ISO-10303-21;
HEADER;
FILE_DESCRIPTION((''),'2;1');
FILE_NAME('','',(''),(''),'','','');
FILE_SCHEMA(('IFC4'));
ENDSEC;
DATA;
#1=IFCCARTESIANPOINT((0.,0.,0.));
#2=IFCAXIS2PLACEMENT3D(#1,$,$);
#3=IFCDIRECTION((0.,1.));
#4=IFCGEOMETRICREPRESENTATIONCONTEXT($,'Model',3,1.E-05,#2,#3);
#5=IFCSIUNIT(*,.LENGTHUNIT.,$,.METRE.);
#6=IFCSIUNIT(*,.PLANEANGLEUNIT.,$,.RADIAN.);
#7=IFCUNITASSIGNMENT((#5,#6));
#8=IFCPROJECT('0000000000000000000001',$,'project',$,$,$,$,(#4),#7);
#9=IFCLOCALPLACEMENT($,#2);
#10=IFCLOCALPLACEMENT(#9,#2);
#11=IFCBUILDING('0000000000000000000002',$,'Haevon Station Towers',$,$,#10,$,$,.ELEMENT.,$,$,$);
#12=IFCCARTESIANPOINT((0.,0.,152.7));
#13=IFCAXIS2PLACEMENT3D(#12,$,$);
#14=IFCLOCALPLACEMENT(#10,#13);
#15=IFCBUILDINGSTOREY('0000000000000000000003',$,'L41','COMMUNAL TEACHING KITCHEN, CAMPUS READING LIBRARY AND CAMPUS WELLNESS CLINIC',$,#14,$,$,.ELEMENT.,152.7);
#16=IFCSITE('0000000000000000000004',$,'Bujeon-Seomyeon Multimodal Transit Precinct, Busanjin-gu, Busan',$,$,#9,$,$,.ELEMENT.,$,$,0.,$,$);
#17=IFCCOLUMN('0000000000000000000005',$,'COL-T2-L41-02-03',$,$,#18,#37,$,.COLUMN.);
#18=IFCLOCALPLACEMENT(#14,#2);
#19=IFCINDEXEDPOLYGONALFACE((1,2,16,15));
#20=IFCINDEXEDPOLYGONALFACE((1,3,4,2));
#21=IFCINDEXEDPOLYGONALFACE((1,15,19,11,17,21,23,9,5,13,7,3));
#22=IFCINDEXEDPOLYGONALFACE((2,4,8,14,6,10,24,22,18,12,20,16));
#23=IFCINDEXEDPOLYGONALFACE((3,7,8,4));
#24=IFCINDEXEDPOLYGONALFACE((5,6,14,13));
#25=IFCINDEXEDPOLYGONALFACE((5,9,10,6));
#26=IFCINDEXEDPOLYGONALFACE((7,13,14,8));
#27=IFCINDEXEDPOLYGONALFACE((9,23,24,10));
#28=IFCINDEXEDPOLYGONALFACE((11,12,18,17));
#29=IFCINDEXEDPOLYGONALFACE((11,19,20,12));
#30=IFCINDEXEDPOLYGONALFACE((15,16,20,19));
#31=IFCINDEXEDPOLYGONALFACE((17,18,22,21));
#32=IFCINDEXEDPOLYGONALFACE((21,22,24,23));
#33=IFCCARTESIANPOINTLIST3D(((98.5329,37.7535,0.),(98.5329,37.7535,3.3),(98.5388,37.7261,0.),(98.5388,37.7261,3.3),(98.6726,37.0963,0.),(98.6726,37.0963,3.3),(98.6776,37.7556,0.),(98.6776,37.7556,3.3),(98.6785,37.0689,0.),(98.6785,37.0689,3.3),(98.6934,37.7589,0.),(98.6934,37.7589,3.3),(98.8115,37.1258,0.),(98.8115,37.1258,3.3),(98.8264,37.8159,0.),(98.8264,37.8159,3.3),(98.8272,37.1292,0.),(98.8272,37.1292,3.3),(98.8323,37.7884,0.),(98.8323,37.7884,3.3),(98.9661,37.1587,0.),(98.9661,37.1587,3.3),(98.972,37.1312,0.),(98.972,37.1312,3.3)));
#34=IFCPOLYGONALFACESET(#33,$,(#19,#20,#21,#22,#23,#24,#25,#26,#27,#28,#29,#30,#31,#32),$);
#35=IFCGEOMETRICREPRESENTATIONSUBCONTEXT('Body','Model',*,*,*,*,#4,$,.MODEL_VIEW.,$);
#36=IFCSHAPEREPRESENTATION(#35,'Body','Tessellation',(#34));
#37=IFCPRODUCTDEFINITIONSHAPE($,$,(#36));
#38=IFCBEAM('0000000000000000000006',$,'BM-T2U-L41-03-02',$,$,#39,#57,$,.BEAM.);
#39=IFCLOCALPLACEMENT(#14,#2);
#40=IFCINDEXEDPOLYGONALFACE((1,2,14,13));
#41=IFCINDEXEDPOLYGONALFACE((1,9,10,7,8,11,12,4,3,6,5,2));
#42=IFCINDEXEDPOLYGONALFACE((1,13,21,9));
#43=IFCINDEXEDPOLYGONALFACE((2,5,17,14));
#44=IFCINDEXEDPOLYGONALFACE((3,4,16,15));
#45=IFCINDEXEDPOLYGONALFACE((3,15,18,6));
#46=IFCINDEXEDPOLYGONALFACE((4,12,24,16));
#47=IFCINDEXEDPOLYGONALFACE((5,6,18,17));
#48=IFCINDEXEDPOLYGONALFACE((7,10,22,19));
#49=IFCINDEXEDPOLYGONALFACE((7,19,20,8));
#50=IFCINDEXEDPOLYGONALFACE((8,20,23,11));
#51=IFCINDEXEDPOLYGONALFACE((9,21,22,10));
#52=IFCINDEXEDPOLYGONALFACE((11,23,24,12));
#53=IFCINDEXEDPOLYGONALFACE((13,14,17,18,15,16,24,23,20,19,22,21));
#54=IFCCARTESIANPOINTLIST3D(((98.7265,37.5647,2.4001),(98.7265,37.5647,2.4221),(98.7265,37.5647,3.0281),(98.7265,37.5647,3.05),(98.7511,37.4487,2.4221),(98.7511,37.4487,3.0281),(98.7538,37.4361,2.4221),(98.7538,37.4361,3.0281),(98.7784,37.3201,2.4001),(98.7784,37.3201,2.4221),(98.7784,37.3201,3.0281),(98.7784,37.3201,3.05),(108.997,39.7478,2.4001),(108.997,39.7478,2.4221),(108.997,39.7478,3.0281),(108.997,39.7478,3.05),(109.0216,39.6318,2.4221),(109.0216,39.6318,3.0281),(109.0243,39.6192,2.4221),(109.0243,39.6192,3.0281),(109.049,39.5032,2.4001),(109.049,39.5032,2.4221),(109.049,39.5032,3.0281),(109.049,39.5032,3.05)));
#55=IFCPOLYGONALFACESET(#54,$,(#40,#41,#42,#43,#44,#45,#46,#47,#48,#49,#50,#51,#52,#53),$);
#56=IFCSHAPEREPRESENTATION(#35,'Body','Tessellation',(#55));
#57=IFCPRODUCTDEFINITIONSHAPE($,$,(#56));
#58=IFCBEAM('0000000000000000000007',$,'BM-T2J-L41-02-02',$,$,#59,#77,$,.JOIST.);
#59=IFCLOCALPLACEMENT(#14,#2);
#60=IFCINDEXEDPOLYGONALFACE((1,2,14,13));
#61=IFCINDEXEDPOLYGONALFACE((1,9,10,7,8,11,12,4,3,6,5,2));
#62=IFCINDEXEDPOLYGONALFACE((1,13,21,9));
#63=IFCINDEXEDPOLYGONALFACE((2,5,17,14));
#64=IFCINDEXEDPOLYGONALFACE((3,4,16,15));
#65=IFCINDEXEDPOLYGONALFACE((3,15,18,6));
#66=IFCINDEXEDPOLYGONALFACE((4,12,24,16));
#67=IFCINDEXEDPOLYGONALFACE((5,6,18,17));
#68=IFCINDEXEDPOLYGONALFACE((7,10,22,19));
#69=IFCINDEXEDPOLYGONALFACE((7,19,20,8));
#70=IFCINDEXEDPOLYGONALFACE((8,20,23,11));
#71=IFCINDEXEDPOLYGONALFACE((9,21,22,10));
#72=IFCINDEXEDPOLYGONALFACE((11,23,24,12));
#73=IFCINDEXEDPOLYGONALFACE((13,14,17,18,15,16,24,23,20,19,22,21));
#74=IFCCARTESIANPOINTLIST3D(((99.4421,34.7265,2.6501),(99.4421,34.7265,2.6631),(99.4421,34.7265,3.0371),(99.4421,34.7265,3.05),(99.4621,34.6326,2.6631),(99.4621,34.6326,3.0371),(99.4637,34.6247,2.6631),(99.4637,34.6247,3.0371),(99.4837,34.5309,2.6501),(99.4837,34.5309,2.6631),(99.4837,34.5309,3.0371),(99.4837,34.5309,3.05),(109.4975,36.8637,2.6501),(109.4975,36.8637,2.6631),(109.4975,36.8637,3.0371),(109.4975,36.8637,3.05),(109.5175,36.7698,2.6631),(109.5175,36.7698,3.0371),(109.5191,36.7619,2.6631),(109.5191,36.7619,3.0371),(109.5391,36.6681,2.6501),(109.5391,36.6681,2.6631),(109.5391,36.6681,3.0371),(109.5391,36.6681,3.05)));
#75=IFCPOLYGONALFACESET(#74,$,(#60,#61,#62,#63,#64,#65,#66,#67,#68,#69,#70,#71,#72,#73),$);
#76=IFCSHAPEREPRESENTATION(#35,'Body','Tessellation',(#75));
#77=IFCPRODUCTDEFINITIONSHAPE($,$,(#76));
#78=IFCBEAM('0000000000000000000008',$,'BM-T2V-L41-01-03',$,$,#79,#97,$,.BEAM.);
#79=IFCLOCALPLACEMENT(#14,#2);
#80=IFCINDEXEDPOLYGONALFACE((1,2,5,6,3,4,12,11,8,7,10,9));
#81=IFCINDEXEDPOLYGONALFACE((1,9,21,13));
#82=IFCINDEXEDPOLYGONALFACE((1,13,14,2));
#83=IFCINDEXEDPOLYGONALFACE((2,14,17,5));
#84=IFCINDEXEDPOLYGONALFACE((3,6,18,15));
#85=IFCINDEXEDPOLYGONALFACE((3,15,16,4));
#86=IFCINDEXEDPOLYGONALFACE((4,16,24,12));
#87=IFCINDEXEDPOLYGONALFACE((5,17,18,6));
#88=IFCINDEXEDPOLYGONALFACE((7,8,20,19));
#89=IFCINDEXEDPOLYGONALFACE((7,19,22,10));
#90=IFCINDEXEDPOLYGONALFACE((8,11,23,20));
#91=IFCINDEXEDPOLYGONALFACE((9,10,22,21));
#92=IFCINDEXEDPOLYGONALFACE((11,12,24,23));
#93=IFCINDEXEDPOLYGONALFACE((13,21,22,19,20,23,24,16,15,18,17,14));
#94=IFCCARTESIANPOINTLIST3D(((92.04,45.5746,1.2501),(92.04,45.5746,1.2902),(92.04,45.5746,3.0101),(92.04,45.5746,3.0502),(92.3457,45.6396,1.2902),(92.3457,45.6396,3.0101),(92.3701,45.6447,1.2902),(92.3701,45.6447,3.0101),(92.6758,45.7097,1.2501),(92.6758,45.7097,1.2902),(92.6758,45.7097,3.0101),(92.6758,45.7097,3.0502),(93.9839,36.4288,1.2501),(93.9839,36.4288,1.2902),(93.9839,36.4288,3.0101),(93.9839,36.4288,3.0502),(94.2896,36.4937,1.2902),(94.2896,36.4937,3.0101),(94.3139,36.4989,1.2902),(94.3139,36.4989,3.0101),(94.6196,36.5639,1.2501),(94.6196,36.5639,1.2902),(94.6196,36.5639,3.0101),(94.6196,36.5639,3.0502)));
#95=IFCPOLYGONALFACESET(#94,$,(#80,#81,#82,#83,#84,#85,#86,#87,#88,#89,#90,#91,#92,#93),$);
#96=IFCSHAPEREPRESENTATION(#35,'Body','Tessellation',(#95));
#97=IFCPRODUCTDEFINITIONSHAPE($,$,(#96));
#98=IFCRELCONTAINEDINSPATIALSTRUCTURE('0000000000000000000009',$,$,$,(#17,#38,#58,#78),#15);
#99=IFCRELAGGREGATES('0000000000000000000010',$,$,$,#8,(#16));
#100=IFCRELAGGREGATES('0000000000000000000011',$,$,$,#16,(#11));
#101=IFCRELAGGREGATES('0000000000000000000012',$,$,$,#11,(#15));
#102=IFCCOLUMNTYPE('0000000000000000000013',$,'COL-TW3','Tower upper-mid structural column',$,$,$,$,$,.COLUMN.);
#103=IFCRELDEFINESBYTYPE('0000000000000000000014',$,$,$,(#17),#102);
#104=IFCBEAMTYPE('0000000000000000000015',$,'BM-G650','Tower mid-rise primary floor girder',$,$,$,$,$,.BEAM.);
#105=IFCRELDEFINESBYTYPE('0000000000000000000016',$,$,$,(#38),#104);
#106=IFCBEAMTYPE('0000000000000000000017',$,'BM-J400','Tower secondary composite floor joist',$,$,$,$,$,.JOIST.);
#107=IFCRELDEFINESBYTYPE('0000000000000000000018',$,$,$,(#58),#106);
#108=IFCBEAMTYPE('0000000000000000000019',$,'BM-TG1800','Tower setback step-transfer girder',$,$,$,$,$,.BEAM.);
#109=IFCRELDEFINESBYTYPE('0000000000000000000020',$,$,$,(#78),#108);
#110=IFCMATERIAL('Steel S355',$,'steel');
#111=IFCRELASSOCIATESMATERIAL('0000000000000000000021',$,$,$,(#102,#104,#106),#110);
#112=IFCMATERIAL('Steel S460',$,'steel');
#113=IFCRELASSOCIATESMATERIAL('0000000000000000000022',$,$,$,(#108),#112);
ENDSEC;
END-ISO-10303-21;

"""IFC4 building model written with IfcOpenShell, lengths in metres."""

from ifc_helpers import new_model, si_unit, direction, frame, origin, origin_2d, place, context, subcontext, project, spatial, i_section, extrude, material, material_profile, profile_set, type_object, element, save


model = new_model("IFC4")

# Units and contexts
model_context = context("Model", 3, precision=1e-05, world=origin(), true_north=direction((0.0, 1.0)))
body_context = subcontext(model_context, "Body", "Model", "MODEL_VIEW")
ifc_project = project(units=[si_unit("LENGTHUNIT", "METRE"), si_unit("PLANEANGLEUNIT", "RADIAN")], contexts=[model_context])

# Site, building, storey
site_placement = place(None, origin())
site = spatial("IfcSite", under=ifc_project, at=site_placement, Name="Bujeon-Seomyeon Multimodal Transit Precinct, Busanjin-gu, Busan", CompositionType="ELEMENT", RefElevation=0.0)
building_placement = place(site_placement, origin())
building = spatial("IfcBuilding", under=site, at=building_placement, Name="Haevon Station Towers", CompositionType="ELEMENT")
storey_placement = place(building_placement, frame((0.0, 0.0, 152.7)))
storey = spatial("IfcBuildingStorey", under=building, at=storey_placement, Name="L41", Description="COMMUNAL TEACHING KITCHEN, CAMPUS READING LIBRARY AND CAMPUS WELLNESS CLINIC", CompositionType="ELEMENT", Elevation=152.7)

# Column
ifc_material_1 = material(Name="Steel S355", Category="steel")
ifc_material_profile_1 = material_profile(ifc_material_1, i_section(OverallWidth=0.3, OverallDepth=0.7, WebThickness=0.0161, FlangeThickness=0.0281, at=origin_2d()), Name="H-700x300x16x28")
ifc_profile_set_1 = profile_set([ifc_material_profile_1], Name="Steel S355")
column_type = type_object("IfcColumnType", Name="COL-TW3", Description="Tower upper-mid structural column", PredefinedType="COLUMN", material=ifc_profile_set_1)
column_placement = place(storey_placement, frame((98.7524, 37.4424, 0.0), z_axis=(0.0, 0.0, 1.0), x_axis=(0.978148, 0.207912, 0.0)))
element("IfcColumn", 1, at=column_placement, inside=storey, type_object=column_type, Name="COL-T2-L41-02-03", PredefinedType="COLUMN", context=body_context, shape_type="SweptSolid", body=[
    extrude(i_section(OverallWidth=0.3, OverallDepth=0.7, WebThickness=0.0161, FlangeThickness=0.0281, at=origin_2d()), origin(), (0.0, 0.0, 1.0), 3.3),
])

# Beams
ifc_material_profile_2 = material_profile(ifc_material_1, i_section(OverallWidth=0.25, OverallDepth=0.6499, WebThickness=0.0129, FlangeThickness=0.022, at=origin_2d()), Name="H-650x250x13x22")
ifc_profile_set_2 = profile_set([ifc_material_profile_2], Name="Steel S355")
beam_type_1 = type_object("IfcBeamType", Name="BM-G650", Description="Tower mid-rise primary floor girder", PredefinedType="BEAM", material=ifc_profile_set_2)
beam_1_placement = place(storey_placement, frame((98.7524, 37.4424, 2.7251), z_axis=(0.978147, 0.207915, 0.0), x_axis=(-0.207915, 0.978147, 0.0)))
element("IfcBeam", 2, at=beam_1_placement, inside=storey, type_object=beam_type_1, Name="BM-T2U-L41-03-02", PredefinedType="BEAM", context=body_context, shape_type="SweptSolid", body=[
    extrude(i_section(OverallWidth=0.25, OverallDepth=0.6499, WebThickness=0.0129, FlangeThickness=0.022, at=origin_2d()), origin(), (0.0, 0.0, 1.0), 10.5),
])
ifc_material_profile_3 = material_profile(ifc_material_1, i_section(OverallWidth=0.2, OverallDepth=0.3999, WebThickness=0.0081, FlangeThickness=0.0129, at=origin_2d()), Name="H-400x200x8x13")
ifc_profile_set_3 = profile_set([ifc_material_profile_3], Name="Steel S355")
beam_type_2 = type_object("IfcBeamType", Name="BM-J400", Description="Tower secondary composite floor joist", PredefinedType="JOIST", material=ifc_profile_set_3)
beam_2_placement = place(storey_placement, frame((99.4629, 34.6287, 2.8501), z_axis=(0.97815, 0.207899, 0.0), x_axis=(-0.207899, 0.97815, 0.0)))
element("IfcBeam", 3, at=beam_2_placement, inside=storey, type_object=beam_type_2, Name="BM-T2J-L41-02-02", PredefinedType="JOIST", context=body_context, shape_type="SweptSolid", body=[
    extrude(i_section(OverallWidth=0.2, OverallDepth=0.3999, WebThickness=0.0081, FlangeThickness=0.0129, at=origin_2d()), origin(), (0.0, 0.0, 1.0), 10.28),
])
ifc_material_2 = material(Name="Steel S460", Category="steel")
ifc_material_profile_4 = material_profile(ifc_material_2, i_section(OverallWidth=0.6499, OverallDepth=1.8, WebThickness=0.0249, FlangeThickness=0.04, at=origin_2d()), Name="H-1800x650x25x40")
ifc_profile_set_4 = profile_set([ifc_material_profile_4], Name="Steel S460")
beam_type_3 = type_object("IfcBeamType", Name="BM-TG1800", Description="Tower setback step-transfer girder", PredefinedType="BEAM", material=ifc_profile_set_4)
beam_3_placement = place(storey_placement, frame((94.3018, 36.4963, 2.1501), z_axis=(-0.207897, 0.978151, 0.0), x_axis=(-0.978151, -0.207897, 0.0)))
element("IfcBeam", 4, at=beam_3_placement, inside=storey, type_object=beam_type_3, Name="BM-T2V-L41-01-03", PredefinedType="BEAM", context=body_context, shape_type="SweptSolid", body=[
    extrude(i_section(OverallWidth=0.6499, OverallDepth=1.8, WebThickness=0.0249, FlangeThickness=0.04, at=origin_2d()), origin(), (0.0, 0.0, 1.0), 9.3501),
])

save(model, "model.ifc")
